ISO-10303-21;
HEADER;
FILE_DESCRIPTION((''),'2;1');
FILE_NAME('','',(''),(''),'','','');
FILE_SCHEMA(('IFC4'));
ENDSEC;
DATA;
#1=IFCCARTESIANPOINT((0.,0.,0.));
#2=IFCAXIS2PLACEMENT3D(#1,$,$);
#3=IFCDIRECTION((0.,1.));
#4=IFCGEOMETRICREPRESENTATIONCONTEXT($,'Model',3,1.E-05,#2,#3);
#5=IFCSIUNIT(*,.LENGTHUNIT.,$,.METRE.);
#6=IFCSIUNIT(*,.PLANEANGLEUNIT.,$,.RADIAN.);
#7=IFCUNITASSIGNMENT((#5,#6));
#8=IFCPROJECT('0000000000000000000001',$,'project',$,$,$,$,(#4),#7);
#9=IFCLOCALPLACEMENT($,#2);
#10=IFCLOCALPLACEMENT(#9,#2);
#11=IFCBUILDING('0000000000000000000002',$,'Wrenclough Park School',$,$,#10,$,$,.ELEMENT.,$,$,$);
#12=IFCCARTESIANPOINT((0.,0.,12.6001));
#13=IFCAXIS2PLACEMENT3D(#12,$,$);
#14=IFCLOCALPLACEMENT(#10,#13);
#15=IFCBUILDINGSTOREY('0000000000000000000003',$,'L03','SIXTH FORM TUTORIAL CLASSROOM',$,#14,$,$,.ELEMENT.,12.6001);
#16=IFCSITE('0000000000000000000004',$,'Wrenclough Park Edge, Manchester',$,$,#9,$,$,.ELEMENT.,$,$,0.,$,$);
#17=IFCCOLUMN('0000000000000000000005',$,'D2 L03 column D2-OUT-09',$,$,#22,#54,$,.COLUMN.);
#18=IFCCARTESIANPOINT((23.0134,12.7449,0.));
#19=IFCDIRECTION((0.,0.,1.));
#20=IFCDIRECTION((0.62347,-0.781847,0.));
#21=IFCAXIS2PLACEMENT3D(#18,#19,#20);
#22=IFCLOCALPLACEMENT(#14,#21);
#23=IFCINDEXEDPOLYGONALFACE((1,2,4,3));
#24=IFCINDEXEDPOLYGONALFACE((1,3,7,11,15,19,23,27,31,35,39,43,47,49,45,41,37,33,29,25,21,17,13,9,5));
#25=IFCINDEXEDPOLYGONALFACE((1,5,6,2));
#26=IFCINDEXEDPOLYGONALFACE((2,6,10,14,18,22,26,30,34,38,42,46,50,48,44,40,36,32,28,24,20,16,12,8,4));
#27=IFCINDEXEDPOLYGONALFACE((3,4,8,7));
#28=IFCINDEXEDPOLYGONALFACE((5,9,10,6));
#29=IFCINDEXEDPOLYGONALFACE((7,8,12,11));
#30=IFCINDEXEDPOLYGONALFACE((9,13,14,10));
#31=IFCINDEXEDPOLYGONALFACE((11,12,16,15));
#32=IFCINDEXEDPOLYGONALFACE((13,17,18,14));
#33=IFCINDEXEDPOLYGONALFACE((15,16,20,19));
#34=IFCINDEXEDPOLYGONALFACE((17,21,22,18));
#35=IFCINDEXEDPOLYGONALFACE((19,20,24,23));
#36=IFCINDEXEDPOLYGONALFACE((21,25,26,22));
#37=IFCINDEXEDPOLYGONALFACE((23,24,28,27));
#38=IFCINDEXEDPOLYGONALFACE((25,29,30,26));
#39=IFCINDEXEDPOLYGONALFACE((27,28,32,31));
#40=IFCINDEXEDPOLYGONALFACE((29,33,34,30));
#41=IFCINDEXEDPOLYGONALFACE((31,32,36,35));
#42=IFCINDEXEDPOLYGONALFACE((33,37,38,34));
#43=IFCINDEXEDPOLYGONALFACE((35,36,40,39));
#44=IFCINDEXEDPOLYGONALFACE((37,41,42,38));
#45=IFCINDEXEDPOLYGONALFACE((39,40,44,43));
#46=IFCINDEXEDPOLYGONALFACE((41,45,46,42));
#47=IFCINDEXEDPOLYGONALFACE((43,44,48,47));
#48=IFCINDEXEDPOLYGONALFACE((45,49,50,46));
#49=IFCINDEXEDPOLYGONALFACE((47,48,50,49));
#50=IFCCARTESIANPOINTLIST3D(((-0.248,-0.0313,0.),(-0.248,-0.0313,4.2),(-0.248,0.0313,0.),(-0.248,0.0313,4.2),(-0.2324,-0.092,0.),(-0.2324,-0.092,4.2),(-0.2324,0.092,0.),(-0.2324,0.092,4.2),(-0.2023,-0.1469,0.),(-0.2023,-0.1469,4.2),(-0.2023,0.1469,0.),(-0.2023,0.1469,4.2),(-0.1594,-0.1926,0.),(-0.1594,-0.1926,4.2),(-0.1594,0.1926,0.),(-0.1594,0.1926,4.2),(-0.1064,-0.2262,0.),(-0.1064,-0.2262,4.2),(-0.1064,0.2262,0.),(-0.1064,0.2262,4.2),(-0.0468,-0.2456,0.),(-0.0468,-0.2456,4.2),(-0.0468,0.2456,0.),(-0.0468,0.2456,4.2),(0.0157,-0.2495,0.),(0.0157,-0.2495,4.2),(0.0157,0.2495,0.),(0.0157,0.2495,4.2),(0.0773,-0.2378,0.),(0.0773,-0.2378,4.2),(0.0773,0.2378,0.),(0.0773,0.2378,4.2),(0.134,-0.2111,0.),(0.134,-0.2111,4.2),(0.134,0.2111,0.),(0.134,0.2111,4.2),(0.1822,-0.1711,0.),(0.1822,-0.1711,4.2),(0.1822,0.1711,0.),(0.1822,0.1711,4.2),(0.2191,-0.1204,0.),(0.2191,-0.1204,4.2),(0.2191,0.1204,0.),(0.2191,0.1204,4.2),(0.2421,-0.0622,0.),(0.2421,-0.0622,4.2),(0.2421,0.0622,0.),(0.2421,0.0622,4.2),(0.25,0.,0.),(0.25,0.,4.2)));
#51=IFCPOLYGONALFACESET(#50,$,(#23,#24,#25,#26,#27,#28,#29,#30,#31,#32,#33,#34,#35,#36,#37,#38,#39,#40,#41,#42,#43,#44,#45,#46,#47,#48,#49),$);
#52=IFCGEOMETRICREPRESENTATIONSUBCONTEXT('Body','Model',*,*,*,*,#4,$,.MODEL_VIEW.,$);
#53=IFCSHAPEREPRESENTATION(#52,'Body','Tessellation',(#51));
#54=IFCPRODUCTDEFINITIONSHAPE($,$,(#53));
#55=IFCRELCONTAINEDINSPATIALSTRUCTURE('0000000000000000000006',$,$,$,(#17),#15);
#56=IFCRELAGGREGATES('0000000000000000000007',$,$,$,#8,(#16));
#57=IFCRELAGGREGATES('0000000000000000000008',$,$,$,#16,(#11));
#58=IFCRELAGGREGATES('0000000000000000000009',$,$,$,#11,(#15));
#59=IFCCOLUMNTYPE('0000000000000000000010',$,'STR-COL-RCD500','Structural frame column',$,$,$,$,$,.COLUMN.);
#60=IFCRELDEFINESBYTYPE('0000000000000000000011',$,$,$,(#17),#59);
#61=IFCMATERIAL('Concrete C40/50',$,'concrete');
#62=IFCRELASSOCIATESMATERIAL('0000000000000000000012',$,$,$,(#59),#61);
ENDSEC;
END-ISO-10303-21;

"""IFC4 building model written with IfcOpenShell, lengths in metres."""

from ifc_helpers import new_model, si_unit, direction, frame, origin, origin_2d, place, context, subcontext, project, spatial, circle, extrude, material, material_profile, profile_set, type_object, element, save


model = new_model("IFC4")

# Units and contexts
model_context = context("Model", 3, precision=1e-05, world=origin(), true_north=direction((0.0, 1.0)))
body_context = subcontext(model_context, "Body", "Model", "MODEL_VIEW")
ifc_project = project(units=[si_unit("LENGTHUNIT", "METRE"), si_unit("PLANEANGLEUNIT", "RADIAN")], contexts=[model_context])

# Site, building, storey
site_placement = place(None, origin())
site = spatial("IfcSite", under=ifc_project, at=site_placement, Name="Wrenclough Park Edge, Manchester", CompositionType="ELEMENT", RefElevation=0.0)
building_placement = place(site_placement, origin())
building = spatial("IfcBuilding", under=site, at=building_placement, Name="Wrenclough Park School", CompositionType="ELEMENT")
storey_placement = place(building_placement, frame((0.0, 0.0, 12.6001)))
storey = spatial("IfcBuildingStorey", under=building, at=storey_placement, Name="L03", Description="SIXTH FORM TUTORIAL CLASSROOM", CompositionType="ELEMENT", Elevation=12.6001)

# Column
ifc_material_1 = material(Name="Concrete C40/50", Category="concrete")
ifc_material_profile_1 = material_profile(ifc_material_1, circle(Radius=0.25, at=origin_2d()), Name="RC COL D500")
ifc_profile_set_1 = profile_set([ifc_material_profile_1], Name="Concrete C40/50")
column_type_1 = type_object("IfcColumnType", Name="STR-COL-RCD500", Description="Structural frame column", PredefinedType="COLUMN", material=ifc_profile_set_1)
column_1_placement = place(storey_placement, frame((23.0134, 12.7449, 0.0), z_axis=(0.0, 0.0, 1.0), x_axis=(0.62347, -0.781847, 0.0)))
element("IfcColumn", 1, at=column_1_placement, inside=storey, type_object=column_type_1, Name="D2 L03 column D2-OUT-09", PredefinedType="COLUMN", context=body_context, shape_type="SweptSolid", body=[
    extrude(circle(Radius=0.25, at=origin_2d()), origin(), (0.0, 0.0, 1.0), 4.2),
])

save(model, "model.ifc")
